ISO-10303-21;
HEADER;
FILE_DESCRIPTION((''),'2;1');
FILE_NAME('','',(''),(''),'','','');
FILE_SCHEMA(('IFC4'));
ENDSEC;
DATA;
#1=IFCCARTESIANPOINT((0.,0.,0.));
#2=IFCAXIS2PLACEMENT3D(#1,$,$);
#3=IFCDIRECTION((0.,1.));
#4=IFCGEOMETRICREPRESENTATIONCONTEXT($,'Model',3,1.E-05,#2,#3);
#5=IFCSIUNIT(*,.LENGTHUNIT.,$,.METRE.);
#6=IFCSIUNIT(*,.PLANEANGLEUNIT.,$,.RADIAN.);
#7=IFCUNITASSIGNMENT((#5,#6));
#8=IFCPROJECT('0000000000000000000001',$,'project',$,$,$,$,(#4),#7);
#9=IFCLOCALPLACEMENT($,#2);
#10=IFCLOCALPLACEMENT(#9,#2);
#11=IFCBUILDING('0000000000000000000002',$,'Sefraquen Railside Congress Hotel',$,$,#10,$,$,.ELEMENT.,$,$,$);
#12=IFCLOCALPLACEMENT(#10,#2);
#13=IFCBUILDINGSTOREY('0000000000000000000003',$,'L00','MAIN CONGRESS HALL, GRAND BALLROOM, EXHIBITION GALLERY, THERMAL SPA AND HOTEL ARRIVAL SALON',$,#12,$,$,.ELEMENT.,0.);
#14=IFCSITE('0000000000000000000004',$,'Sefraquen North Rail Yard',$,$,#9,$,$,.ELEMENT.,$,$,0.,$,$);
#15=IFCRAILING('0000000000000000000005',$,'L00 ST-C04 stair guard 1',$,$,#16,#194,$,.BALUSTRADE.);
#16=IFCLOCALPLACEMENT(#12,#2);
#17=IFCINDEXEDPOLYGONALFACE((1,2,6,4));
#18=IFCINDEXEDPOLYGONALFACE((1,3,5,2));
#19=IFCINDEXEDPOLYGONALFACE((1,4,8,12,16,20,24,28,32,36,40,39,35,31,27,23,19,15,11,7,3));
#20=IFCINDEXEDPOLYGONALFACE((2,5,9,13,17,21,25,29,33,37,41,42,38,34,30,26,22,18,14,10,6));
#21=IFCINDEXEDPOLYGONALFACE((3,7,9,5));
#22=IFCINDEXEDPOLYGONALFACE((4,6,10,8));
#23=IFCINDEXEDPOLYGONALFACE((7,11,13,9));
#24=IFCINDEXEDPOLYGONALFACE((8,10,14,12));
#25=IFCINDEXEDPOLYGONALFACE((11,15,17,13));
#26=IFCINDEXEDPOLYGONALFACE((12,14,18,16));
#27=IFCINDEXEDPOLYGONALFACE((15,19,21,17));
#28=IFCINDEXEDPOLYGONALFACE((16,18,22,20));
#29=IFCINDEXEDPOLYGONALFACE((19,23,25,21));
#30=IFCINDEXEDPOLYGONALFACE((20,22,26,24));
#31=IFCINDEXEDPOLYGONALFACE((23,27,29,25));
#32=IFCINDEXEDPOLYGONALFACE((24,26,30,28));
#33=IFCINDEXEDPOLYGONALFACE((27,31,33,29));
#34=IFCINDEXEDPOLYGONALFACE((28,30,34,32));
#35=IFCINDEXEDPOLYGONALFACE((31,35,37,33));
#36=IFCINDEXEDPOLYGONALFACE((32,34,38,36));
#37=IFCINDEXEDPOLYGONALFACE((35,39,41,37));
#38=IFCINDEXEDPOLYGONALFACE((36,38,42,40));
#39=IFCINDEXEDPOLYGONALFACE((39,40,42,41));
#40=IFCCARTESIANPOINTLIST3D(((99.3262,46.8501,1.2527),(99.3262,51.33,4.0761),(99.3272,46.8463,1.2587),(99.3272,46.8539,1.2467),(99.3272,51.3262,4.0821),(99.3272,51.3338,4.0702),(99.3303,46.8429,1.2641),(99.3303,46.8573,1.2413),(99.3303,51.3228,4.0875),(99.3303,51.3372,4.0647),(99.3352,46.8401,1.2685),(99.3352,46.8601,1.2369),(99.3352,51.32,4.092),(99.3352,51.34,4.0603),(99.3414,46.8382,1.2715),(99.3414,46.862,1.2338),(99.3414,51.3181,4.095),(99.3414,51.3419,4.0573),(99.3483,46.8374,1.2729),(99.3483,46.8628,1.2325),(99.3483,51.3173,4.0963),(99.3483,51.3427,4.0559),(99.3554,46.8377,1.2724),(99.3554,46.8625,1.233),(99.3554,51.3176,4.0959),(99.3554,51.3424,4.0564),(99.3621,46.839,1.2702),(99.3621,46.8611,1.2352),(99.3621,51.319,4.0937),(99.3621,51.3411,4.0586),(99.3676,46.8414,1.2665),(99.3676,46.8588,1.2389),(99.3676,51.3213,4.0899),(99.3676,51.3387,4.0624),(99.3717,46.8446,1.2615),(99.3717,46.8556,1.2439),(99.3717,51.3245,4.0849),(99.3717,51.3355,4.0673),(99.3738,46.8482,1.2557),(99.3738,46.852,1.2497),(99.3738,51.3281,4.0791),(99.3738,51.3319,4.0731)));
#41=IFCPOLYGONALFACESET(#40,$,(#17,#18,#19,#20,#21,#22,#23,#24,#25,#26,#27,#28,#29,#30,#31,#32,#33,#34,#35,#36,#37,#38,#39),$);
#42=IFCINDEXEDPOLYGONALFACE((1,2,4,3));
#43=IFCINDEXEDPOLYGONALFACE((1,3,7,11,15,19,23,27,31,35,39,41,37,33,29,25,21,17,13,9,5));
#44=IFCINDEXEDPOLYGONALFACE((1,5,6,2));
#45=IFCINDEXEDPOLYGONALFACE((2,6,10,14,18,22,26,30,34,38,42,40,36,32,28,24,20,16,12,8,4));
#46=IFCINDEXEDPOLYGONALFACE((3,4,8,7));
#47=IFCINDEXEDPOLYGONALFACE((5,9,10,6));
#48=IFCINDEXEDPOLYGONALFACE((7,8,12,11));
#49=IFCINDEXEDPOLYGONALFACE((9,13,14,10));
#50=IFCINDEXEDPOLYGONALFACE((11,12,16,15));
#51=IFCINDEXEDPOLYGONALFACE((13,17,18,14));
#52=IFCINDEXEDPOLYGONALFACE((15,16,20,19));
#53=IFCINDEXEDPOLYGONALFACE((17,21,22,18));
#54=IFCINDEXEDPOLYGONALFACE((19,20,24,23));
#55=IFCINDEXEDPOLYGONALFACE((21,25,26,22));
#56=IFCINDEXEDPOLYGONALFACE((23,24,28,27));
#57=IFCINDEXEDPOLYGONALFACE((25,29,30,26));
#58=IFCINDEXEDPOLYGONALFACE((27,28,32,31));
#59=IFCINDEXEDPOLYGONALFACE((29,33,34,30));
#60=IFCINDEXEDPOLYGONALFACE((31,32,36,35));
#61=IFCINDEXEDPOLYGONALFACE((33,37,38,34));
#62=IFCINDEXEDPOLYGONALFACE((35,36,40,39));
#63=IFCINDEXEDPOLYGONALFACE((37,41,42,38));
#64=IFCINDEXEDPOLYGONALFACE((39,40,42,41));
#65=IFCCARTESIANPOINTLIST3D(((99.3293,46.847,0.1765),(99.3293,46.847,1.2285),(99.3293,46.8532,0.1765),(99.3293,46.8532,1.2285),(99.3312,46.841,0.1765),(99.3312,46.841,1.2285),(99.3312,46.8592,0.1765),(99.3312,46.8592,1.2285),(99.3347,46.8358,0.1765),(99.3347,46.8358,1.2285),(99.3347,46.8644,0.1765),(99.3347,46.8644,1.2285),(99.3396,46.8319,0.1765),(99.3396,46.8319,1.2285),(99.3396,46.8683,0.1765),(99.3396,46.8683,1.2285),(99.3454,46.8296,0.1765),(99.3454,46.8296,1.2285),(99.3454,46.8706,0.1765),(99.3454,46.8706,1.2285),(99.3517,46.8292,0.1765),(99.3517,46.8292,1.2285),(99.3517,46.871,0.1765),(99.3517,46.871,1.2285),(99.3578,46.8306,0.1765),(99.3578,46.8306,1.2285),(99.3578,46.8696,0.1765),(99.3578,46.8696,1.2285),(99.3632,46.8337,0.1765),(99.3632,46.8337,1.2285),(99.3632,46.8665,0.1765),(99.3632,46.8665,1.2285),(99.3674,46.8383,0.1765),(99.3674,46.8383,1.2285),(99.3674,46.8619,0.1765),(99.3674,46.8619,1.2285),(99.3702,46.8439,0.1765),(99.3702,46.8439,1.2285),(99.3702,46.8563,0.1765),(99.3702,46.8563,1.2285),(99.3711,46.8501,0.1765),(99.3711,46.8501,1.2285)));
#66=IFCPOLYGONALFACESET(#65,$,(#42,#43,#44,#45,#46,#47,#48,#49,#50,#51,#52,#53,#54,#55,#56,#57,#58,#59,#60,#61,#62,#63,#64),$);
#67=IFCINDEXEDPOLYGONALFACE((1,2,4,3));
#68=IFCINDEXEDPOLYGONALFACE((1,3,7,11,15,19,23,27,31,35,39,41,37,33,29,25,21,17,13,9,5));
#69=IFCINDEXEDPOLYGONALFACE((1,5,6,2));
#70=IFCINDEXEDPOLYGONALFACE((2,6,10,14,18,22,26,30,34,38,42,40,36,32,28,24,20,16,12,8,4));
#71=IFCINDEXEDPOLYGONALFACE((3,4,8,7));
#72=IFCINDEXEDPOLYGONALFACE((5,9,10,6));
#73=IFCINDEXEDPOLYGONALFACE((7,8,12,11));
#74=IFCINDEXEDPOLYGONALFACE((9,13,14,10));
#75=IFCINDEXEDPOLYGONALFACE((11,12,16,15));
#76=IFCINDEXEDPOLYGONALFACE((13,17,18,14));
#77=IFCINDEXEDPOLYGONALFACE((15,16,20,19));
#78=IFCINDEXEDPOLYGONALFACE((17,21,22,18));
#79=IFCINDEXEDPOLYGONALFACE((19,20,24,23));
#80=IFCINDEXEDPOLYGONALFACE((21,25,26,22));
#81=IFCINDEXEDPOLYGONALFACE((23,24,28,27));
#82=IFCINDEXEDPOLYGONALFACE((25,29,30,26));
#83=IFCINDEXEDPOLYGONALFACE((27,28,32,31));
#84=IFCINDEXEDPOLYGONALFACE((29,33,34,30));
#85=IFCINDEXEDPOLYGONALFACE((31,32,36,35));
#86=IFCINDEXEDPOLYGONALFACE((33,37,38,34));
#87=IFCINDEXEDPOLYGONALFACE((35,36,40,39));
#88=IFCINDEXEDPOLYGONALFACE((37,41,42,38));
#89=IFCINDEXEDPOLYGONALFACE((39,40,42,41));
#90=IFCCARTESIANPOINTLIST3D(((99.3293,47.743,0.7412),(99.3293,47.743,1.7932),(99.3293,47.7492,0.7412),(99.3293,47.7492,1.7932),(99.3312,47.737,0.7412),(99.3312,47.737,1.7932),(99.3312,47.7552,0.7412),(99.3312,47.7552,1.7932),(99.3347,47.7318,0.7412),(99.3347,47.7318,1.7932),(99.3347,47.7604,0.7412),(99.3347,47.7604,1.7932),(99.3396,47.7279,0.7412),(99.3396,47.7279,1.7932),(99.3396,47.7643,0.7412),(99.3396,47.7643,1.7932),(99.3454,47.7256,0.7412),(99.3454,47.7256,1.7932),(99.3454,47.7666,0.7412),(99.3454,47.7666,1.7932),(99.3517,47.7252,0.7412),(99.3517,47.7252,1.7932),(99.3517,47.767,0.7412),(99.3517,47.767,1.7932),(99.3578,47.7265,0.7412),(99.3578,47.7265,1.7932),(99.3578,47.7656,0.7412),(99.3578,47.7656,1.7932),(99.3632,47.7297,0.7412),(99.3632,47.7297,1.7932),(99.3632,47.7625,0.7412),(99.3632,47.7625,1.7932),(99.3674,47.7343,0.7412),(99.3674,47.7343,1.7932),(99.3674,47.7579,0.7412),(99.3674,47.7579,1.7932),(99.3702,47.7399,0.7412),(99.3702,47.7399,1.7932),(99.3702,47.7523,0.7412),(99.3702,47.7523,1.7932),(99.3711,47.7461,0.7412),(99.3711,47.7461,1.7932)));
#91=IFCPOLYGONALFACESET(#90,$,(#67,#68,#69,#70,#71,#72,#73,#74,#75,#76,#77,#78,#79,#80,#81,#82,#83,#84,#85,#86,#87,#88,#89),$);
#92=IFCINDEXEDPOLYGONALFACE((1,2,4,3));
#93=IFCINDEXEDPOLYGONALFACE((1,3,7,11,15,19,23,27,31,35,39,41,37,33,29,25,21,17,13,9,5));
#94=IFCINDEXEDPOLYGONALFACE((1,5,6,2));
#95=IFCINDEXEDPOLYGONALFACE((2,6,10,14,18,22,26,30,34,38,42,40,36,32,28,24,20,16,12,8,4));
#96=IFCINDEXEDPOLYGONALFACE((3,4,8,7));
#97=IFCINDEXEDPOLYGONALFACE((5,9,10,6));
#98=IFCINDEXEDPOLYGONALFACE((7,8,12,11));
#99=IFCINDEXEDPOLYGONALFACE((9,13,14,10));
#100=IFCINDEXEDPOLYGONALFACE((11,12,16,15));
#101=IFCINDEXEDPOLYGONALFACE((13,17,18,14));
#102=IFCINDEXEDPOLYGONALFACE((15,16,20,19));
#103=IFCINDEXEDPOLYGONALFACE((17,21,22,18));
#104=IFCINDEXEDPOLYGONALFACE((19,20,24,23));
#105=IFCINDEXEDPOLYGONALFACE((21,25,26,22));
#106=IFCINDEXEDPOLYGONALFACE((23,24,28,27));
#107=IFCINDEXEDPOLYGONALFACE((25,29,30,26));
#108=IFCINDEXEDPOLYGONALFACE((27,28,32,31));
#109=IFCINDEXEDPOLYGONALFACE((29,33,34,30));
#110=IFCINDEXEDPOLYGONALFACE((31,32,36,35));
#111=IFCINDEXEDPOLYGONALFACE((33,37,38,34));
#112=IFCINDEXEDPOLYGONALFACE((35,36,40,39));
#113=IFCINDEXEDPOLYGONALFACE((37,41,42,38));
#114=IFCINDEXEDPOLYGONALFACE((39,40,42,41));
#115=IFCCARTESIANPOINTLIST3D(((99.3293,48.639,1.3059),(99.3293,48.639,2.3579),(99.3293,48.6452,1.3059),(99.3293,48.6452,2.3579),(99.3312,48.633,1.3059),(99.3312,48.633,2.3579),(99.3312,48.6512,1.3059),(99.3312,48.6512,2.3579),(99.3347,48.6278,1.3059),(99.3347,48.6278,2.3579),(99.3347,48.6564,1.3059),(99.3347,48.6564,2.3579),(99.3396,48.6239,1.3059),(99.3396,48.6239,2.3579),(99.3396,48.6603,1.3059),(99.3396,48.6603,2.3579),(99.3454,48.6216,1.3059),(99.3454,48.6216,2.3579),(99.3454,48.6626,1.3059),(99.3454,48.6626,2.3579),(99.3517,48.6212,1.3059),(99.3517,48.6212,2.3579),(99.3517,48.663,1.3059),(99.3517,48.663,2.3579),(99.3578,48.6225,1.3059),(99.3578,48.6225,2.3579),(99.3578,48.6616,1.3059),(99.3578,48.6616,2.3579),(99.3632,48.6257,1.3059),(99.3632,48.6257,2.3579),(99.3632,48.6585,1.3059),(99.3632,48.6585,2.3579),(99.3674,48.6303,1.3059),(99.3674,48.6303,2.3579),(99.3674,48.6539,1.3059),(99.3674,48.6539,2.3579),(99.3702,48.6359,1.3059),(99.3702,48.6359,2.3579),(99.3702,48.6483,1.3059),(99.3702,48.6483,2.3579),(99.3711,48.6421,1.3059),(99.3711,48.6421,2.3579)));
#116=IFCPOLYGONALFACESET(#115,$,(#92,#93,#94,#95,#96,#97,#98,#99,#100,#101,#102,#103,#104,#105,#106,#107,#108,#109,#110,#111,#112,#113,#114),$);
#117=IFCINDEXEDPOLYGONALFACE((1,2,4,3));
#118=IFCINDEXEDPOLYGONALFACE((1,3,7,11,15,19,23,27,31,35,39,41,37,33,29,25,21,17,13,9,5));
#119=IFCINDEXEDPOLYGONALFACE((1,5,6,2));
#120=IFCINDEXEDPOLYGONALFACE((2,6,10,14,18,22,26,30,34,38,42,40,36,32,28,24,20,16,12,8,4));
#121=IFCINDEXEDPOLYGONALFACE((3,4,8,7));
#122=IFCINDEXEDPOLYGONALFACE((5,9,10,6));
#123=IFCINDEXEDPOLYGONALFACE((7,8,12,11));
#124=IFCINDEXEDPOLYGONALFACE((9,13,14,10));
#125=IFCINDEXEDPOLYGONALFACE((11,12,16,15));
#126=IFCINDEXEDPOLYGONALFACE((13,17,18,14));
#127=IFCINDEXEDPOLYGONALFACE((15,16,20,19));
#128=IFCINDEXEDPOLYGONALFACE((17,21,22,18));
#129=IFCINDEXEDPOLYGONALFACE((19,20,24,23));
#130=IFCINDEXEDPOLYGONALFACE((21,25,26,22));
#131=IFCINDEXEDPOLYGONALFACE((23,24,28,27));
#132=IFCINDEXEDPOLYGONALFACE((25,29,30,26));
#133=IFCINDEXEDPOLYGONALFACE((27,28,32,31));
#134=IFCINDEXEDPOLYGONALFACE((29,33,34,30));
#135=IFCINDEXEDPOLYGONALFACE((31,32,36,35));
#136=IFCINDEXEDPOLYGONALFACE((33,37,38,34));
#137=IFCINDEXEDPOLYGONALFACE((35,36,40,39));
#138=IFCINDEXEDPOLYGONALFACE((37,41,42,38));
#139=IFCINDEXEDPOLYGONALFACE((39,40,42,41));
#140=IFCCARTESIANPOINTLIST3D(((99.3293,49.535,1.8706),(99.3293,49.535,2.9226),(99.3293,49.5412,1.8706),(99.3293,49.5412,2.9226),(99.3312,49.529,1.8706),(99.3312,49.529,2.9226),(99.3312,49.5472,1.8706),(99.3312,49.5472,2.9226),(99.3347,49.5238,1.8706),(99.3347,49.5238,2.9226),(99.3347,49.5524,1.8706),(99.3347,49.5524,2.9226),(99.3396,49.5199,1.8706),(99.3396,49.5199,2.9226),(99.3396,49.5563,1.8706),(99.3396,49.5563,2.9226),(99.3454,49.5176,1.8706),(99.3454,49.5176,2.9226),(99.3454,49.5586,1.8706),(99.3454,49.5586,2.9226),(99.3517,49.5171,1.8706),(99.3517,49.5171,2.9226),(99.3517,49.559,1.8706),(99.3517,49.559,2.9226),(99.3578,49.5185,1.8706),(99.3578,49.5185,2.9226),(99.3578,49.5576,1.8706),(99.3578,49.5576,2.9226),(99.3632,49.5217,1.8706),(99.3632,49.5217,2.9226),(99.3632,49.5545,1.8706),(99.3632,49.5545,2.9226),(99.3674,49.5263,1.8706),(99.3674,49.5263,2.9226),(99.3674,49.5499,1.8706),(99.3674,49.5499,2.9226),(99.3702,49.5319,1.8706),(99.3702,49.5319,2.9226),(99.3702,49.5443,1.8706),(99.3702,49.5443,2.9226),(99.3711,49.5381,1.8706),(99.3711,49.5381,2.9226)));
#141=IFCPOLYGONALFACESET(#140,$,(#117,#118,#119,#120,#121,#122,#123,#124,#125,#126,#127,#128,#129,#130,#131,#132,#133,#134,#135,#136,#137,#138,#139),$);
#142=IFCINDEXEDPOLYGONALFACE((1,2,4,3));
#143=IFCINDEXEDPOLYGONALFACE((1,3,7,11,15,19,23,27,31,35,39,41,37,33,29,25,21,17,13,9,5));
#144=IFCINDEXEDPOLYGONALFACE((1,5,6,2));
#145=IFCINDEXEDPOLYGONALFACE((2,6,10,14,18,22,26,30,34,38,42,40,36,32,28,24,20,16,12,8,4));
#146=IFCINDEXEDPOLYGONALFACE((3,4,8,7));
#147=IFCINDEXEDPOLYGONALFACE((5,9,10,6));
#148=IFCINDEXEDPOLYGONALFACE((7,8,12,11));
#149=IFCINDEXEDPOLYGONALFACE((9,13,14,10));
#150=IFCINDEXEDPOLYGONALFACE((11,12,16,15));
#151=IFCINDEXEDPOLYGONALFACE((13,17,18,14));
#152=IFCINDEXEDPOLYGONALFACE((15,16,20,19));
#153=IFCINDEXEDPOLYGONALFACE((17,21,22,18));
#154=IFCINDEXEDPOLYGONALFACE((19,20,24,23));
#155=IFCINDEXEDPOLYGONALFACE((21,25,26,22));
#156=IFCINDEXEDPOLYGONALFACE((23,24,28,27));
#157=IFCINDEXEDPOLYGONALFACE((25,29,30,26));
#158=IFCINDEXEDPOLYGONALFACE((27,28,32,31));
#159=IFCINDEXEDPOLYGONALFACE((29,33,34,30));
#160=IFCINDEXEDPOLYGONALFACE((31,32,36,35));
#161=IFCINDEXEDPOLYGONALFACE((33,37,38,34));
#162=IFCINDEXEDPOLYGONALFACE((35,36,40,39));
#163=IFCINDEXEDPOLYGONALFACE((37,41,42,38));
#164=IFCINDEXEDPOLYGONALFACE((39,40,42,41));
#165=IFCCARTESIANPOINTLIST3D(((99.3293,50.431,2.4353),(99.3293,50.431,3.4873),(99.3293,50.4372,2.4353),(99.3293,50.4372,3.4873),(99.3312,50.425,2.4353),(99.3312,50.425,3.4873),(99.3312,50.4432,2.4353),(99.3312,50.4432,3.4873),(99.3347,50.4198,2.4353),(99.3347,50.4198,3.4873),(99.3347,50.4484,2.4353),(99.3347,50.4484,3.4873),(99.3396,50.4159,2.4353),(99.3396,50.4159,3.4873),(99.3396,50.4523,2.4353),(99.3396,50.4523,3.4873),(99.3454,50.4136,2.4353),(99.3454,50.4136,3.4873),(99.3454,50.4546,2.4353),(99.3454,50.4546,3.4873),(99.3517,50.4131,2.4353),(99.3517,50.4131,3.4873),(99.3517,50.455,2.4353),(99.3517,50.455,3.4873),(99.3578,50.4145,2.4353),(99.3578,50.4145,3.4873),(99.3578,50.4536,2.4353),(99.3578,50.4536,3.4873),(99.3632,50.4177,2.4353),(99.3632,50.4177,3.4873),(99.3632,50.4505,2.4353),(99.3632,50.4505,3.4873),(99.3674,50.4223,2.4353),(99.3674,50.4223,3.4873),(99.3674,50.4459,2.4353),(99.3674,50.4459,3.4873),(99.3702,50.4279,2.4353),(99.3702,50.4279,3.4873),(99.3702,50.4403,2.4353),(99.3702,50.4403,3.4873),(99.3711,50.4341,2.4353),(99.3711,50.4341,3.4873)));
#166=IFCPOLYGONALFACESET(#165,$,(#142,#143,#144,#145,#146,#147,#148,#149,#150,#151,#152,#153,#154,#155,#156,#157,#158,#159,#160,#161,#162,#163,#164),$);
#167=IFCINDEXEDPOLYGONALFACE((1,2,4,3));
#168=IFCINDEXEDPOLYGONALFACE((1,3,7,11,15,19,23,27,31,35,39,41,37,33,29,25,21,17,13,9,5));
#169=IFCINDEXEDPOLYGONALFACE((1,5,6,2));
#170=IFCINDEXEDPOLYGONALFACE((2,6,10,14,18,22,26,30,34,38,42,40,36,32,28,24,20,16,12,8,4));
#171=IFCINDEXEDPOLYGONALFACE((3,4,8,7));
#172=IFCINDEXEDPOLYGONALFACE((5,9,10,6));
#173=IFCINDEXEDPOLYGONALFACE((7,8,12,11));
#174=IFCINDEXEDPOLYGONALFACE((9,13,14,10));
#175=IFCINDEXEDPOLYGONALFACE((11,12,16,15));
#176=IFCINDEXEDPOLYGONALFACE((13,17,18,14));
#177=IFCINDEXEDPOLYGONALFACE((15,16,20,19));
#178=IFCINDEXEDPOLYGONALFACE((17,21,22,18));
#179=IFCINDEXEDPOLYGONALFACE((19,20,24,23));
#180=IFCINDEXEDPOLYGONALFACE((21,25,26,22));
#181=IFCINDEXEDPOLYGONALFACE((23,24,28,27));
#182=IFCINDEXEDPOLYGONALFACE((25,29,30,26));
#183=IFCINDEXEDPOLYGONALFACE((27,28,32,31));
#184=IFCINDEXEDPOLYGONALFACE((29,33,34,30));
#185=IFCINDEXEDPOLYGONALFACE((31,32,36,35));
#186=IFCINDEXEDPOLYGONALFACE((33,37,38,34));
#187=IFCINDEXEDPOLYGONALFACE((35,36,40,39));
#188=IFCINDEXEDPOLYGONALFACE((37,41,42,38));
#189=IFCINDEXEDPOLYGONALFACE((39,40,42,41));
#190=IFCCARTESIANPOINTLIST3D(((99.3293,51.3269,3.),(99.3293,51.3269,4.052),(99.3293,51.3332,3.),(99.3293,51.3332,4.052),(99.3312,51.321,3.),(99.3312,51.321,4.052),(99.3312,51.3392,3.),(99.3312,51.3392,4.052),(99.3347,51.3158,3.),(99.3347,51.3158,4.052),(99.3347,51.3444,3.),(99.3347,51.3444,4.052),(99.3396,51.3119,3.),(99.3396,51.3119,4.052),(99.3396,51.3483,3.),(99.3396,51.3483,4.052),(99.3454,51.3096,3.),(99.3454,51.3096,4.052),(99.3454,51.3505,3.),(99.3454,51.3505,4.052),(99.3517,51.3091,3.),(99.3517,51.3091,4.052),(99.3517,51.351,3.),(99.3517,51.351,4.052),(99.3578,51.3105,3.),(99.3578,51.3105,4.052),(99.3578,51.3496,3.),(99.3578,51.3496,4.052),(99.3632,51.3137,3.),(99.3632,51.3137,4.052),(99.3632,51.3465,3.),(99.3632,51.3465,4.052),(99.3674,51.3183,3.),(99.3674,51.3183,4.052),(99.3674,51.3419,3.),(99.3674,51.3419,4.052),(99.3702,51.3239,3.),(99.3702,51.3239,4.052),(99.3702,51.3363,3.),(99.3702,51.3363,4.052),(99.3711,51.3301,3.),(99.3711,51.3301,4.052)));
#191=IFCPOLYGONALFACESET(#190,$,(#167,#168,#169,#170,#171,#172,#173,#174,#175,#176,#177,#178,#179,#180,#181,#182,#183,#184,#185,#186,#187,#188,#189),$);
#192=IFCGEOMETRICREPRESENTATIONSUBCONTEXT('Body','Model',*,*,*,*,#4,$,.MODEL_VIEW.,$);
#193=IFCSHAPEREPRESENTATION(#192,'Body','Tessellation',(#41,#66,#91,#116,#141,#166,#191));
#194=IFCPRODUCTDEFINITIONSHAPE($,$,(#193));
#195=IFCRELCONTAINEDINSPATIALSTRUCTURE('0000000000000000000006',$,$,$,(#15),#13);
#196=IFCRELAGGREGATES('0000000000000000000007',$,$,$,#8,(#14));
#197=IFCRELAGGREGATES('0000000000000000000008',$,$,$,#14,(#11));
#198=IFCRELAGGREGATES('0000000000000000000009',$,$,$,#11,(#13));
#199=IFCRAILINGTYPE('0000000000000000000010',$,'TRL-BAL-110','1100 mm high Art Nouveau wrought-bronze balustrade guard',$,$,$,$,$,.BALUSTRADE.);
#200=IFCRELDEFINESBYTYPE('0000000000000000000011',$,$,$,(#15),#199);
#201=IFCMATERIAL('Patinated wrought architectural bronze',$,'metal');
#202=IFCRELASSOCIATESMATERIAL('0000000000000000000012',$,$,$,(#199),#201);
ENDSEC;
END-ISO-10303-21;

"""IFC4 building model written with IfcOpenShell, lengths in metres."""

from ifc_helpers import new_model, si_unit, direction, frame, origin, origin_2d, place, context, subcontext, project, spatial, circle, extrude, material, type_object, element, save


model = new_model("IFC4")

# Units and contexts
model_context = context("Model", 3, precision=1e-05, world=origin(), true_north=direction((0.0, 1.0)))
body_context = subcontext(model_context, "Body", "Model", "MODEL_VIEW")
ifc_project = project(units=[si_unit("LENGTHUNIT", "METRE"), si_unit("PLANEANGLEUNIT", "RADIAN")], contexts=[model_context])

# Site, building, storey
site_placement = place(None, origin())
site = spatial("IfcSite", under=ifc_project, at=site_placement, Name="Sefraquen North Rail Yard", CompositionType="ELEMENT", RefElevation=0.0)
building_placement = place(site_placement, origin())
building = spatial("IfcBuilding", under=site, at=building_placement, Name="Sefraquen Railside Congress Hotel", CompositionType="ELEMENT")
storey_placement = place(building_placement, origin())
storey = spatial("IfcBuildingStorey", under=building, at=storey_placement, Name="L00", Description="MAIN CONGRESS HALL, GRAND BALLROOM, EXHIBITION GALLERY, THERMAL SPA AND HOTEL ARRIVAL SALON", CompositionType="ELEMENT", Elevation=0.0)

# Railing
ifc_material_1 = material(Name="Patinated wrought architectural bronze", Category="metal")
railing_type_1 = type_object("IfcRailingType", Name="TRL-BAL-110", Description="1100 mm high Art Nouveau wrought-bronze balustrade guard", PredefinedType="BALUSTRADE", material=ifc_material_1)
railing_1_placement = place(storey_placement, frame((99.3501, 46.8501, 0.1765)))
element("IfcRailing", 1, at=railing_1_placement, inside=storey, type_object=railing_type_1, Name="L00 ST-C04 stair guard 1", PredefinedType="BALUSTRADE", context=body_context, shape_type="SweptSolid", body=[
    extrude(circle(Radius=0.0239, at=origin_2d()), frame((0.0, 0.0, 1.0762), z_axis=(0.0, 0.845998, 0.533186), x_axis=(-1.0, 0.0, 0.0)), (0.0, 0.0, 1.0), 5.2954),
    extrude(circle(Radius=0.021, at=origin_2d()), origin(), (0.0, 0.0, 1.0), 1.052),
    extrude(circle(Radius=0.021, at=origin_2d()), frame((0.0, 0.896, 0.5647)), (0.0, 0.0, 1.0), 1.052),
    extrude(circle(Radius=0.021, at=origin_2d()), frame((0.0, 1.792, 1.1294)), (0.0, 0.0, 1.0), 1.052),
    extrude(circle(Radius=0.021, at=origin_2d()), frame((0.0, 2.688, 1.6941)), (0.0, 0.0, 1.0), 1.052),
    extrude(circle(Radius=0.021, at=origin_2d()), frame((0.0, 3.584, 2.2588)), (0.0, 0.0, 1.0), 1.052),
    extrude(circle(Radius=0.021, at=origin_2d()), frame((0.0, 4.48, 2.8235)), (0.0, 0.0, 1.0), 1.052),
])

save(model, "model.ifc")
